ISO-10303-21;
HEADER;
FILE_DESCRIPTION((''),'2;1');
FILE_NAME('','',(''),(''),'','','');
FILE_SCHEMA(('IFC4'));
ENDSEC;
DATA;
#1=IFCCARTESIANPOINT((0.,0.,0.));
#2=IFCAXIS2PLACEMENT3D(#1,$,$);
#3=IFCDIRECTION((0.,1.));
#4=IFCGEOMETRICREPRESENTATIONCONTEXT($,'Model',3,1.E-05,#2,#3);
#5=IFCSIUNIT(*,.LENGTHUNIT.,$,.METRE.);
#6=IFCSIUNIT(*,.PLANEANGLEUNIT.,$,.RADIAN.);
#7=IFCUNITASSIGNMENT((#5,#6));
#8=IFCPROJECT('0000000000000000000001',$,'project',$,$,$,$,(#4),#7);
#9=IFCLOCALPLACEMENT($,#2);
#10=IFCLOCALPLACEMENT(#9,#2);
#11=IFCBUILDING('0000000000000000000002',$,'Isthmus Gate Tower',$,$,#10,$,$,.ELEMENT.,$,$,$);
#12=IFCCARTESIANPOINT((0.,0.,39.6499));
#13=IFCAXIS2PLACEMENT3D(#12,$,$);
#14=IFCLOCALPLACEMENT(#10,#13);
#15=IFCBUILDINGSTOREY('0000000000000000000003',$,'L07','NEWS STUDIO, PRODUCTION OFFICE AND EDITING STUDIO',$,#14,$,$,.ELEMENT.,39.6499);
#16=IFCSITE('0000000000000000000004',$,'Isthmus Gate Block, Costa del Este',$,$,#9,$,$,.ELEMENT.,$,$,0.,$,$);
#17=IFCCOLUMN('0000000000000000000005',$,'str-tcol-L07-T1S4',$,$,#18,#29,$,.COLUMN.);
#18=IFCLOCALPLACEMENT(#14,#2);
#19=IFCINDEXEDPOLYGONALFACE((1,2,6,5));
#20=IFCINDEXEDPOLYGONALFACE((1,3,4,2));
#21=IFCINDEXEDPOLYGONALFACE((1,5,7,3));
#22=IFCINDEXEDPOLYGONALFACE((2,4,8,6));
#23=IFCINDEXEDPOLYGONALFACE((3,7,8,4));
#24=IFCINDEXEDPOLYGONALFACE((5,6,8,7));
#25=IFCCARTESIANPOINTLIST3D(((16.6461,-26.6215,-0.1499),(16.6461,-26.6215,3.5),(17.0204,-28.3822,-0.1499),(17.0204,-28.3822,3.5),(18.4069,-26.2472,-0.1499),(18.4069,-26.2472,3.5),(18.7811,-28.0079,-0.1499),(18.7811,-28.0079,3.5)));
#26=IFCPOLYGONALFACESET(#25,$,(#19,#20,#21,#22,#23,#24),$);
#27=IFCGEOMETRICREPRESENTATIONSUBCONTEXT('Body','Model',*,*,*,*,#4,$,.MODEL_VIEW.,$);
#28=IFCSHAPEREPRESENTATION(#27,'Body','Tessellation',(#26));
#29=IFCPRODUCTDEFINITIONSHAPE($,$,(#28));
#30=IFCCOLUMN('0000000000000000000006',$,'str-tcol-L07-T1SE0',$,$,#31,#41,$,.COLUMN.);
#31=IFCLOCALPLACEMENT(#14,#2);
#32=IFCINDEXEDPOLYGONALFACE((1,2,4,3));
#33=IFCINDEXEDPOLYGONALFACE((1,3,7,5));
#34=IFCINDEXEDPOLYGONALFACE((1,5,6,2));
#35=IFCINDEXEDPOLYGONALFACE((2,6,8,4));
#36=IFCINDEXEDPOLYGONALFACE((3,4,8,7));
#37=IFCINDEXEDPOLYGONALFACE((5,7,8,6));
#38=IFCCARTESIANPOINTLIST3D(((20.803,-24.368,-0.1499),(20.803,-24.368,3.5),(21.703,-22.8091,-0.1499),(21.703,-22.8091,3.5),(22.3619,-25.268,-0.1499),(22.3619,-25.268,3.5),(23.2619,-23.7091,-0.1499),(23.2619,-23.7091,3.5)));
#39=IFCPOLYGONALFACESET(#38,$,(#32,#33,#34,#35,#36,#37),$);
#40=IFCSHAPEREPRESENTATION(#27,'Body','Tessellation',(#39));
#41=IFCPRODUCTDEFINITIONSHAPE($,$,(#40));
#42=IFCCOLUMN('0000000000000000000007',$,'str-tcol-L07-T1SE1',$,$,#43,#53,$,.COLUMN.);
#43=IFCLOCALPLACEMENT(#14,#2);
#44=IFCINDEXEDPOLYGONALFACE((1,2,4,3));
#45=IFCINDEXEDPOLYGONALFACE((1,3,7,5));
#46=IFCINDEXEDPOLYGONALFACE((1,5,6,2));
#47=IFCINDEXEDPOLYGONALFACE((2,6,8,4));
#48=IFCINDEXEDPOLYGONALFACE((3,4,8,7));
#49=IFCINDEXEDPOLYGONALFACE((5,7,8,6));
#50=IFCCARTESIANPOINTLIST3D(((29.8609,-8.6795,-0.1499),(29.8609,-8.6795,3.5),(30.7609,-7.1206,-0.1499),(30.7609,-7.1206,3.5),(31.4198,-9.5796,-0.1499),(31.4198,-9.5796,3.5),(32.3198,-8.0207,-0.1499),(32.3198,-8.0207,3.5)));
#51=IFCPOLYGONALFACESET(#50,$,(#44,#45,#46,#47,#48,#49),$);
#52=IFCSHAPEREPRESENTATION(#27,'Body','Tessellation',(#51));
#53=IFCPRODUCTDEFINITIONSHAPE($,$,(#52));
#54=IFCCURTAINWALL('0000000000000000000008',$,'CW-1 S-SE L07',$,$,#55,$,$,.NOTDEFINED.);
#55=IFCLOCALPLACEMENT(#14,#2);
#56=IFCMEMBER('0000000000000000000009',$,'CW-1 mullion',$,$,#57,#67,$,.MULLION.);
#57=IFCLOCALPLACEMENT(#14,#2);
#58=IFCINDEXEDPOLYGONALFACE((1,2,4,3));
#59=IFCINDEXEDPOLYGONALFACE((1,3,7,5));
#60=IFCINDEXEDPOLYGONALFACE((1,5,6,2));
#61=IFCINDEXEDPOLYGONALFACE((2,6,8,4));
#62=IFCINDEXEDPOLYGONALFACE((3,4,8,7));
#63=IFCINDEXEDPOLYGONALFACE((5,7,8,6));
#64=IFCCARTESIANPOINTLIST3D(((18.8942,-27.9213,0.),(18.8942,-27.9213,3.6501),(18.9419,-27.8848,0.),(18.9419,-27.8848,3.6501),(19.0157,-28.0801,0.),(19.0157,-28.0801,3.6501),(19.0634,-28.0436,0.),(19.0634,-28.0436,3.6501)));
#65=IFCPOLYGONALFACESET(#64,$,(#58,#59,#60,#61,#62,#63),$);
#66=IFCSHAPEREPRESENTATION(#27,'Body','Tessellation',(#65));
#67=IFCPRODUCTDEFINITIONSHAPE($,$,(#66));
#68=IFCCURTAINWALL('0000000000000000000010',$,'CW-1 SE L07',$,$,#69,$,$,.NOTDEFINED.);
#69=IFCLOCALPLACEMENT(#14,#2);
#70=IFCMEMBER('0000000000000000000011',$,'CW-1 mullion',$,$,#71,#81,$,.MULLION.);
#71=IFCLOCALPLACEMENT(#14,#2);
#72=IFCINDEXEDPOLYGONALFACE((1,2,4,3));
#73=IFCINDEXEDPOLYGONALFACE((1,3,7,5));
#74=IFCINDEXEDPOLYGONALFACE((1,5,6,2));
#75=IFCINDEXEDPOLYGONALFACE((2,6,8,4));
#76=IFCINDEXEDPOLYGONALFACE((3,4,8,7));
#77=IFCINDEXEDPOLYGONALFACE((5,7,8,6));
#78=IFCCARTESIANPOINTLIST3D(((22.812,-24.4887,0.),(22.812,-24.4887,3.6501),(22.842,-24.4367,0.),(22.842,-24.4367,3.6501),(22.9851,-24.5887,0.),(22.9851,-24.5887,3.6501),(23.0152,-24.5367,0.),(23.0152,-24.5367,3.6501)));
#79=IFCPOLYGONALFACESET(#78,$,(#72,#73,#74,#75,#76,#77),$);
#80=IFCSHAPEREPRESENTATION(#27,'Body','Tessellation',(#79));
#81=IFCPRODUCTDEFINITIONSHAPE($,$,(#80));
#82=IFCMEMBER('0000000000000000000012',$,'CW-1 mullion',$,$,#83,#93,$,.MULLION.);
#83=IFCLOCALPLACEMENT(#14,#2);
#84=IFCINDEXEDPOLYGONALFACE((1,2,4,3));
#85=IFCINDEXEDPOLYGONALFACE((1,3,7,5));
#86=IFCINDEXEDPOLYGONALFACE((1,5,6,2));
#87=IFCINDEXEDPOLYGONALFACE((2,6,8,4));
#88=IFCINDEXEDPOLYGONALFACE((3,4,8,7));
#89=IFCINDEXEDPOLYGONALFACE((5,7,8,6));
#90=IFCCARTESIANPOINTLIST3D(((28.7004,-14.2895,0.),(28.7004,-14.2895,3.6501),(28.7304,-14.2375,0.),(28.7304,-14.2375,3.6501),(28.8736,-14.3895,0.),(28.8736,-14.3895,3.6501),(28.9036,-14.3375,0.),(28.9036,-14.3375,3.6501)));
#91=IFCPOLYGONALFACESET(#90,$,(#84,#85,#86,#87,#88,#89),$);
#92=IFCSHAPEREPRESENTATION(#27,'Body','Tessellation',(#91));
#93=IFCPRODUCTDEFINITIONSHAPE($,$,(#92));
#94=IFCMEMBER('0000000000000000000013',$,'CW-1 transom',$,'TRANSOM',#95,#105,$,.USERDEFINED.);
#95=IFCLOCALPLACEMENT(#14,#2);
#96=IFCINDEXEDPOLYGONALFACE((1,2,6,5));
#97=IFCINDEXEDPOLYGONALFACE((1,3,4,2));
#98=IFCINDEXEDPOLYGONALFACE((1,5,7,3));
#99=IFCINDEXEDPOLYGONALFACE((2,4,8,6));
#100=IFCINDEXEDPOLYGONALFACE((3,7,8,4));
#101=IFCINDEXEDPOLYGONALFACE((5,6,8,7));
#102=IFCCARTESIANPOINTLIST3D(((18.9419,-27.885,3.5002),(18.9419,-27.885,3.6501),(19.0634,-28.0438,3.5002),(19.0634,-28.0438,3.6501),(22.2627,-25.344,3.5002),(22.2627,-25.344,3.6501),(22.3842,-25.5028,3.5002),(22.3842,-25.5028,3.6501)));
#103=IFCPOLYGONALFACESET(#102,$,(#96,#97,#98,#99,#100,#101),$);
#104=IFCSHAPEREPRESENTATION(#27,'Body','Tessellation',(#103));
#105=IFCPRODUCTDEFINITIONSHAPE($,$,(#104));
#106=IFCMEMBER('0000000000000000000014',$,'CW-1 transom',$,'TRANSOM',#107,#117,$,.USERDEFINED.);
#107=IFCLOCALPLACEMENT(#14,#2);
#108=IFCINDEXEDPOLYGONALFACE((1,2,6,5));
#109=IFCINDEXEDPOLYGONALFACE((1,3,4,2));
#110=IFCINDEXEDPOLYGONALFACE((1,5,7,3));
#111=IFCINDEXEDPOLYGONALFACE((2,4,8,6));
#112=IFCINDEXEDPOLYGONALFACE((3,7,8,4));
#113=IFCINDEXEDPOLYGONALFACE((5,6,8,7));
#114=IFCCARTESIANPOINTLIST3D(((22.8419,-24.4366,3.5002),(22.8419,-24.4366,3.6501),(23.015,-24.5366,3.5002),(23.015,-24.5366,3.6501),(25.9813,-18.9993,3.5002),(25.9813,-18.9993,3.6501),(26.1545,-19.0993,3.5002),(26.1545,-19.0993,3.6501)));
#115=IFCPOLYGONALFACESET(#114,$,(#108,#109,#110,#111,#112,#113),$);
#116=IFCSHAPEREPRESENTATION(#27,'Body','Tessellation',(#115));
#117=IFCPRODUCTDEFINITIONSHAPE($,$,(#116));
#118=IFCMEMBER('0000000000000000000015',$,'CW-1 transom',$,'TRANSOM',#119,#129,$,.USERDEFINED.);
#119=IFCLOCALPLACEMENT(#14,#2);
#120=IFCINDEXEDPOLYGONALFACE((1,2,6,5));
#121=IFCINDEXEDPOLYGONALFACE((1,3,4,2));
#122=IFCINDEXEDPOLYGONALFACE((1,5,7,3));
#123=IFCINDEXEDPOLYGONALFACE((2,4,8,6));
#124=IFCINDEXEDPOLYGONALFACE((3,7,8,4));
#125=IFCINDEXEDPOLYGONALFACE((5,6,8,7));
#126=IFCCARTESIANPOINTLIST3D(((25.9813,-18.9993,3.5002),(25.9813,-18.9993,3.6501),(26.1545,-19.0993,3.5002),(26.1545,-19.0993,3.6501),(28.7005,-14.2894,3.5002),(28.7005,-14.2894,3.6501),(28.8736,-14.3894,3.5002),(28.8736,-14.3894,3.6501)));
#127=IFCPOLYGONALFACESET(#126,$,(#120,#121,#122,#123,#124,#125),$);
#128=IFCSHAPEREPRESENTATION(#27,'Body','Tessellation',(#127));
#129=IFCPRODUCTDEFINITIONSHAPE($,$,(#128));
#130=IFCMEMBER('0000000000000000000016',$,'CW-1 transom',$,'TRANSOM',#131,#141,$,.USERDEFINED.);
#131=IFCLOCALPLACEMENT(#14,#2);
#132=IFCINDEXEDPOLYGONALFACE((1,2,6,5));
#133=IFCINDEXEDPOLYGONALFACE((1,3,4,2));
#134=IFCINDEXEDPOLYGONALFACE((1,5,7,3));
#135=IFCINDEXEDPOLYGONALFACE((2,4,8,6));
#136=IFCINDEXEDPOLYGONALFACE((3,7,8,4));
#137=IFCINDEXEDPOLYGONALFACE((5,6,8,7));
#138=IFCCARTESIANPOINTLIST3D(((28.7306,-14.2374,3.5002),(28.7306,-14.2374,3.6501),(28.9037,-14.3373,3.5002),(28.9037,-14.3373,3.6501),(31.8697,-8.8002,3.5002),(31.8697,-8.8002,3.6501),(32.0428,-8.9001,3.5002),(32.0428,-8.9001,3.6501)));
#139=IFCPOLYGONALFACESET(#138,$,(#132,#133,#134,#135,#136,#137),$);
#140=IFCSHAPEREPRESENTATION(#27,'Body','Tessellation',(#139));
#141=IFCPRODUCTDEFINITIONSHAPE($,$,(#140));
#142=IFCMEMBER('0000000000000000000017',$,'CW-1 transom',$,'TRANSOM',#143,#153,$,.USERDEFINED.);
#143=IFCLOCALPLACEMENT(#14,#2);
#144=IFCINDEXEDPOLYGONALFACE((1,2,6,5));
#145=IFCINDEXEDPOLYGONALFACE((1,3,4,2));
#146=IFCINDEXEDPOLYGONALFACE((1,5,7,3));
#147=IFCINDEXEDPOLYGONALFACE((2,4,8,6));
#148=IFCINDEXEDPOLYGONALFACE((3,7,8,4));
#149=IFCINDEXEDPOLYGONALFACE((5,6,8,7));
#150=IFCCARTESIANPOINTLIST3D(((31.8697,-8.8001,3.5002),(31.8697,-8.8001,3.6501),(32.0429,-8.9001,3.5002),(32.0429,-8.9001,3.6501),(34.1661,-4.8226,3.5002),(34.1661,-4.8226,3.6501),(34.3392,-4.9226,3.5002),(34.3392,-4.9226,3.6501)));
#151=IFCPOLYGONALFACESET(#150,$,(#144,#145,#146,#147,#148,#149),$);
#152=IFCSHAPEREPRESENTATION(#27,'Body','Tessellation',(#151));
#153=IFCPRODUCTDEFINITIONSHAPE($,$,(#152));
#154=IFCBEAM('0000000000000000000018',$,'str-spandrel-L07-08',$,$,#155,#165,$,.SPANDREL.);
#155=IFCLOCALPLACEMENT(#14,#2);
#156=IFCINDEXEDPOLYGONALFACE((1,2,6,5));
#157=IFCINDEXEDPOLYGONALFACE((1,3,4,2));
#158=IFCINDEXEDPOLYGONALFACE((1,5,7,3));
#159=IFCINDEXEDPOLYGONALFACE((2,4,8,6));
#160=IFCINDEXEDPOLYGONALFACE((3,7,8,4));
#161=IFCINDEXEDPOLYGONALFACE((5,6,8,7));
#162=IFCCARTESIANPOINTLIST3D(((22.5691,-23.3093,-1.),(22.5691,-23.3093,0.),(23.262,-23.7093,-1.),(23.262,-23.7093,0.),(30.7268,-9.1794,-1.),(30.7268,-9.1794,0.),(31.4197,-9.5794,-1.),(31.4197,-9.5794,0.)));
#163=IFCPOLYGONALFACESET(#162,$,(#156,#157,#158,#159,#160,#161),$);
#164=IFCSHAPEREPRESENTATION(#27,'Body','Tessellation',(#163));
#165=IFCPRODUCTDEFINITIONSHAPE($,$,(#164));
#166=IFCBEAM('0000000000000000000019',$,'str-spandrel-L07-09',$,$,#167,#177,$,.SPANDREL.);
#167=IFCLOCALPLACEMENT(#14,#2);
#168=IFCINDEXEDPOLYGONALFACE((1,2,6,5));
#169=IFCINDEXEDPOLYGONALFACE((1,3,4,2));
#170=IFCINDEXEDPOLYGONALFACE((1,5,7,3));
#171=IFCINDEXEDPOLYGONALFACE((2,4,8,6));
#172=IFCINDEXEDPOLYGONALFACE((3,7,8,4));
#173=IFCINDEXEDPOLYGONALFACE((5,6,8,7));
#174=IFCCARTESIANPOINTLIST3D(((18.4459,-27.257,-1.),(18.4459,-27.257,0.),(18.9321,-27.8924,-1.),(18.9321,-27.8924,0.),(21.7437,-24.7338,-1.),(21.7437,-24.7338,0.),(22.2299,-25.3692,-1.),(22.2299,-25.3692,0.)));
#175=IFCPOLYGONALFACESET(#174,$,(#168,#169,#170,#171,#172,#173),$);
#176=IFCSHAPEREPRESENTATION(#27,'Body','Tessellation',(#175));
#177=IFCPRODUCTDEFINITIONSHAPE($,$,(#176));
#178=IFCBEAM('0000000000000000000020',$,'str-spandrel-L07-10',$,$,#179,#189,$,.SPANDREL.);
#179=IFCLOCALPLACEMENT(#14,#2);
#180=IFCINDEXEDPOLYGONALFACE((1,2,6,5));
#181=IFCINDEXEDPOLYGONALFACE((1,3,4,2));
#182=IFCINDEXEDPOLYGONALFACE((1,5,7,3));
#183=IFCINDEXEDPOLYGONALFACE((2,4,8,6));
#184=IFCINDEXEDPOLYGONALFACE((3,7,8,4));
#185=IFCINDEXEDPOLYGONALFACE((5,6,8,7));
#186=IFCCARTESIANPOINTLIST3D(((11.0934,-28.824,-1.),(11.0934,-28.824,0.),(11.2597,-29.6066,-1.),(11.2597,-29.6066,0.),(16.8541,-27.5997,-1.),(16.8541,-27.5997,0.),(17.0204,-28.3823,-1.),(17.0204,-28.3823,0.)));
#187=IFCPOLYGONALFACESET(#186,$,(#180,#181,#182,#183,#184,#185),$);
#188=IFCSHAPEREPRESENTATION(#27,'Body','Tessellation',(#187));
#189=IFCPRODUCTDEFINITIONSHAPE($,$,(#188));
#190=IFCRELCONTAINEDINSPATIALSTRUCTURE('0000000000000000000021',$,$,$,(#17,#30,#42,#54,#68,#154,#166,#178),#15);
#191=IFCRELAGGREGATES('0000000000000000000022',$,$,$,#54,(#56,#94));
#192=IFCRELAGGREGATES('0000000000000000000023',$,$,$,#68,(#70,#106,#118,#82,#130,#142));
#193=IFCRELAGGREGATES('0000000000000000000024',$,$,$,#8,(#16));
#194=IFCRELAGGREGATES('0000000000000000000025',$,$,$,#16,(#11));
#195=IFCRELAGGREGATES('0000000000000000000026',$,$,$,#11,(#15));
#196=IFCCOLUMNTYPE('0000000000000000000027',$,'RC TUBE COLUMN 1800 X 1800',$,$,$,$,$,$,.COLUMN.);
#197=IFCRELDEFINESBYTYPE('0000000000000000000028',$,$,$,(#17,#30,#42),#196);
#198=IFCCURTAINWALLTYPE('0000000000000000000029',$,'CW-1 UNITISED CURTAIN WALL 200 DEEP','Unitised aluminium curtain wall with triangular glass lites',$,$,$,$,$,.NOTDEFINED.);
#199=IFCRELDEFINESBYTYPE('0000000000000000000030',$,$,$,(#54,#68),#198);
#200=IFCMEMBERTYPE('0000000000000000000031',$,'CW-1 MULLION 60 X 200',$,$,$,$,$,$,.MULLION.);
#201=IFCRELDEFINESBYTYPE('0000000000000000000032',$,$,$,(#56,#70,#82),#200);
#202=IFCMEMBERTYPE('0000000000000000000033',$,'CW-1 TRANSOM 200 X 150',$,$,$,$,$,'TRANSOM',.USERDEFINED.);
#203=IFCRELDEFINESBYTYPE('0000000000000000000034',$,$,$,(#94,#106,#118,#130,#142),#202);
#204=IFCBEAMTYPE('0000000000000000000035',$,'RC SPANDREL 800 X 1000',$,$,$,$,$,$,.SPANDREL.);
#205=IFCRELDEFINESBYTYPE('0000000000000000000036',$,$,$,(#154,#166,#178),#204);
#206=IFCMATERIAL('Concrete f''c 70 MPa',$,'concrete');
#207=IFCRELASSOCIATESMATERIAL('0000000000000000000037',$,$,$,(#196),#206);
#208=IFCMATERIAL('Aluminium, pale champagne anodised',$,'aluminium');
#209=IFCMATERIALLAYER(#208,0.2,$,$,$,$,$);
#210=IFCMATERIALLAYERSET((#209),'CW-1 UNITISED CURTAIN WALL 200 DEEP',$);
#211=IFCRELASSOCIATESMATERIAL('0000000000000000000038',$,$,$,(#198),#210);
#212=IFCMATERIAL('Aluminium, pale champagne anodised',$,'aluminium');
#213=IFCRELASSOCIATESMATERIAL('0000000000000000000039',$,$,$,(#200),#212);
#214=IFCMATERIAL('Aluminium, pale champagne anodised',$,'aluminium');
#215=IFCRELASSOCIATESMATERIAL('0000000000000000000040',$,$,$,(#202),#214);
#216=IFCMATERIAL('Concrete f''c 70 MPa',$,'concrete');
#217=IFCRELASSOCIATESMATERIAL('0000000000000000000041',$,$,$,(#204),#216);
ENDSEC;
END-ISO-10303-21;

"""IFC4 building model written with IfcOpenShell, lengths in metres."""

from ifc_helpers import new_model, si_unit, direction, frame, origin, origin_2d, place, context, subcontext, project, spatial, rectangle, extrude, material, layer, layer_set, material_profile, profile_set, type_object, element, aggregate, save


model = new_model("IFC4")

# Units and contexts
model_context = context("Model", 3, precision=1e-05, world=origin(), true_north=direction((0.0, 1.0)))
body_context = subcontext(model_context, "Body", "Model", "MODEL_VIEW")
ifc_project = project(units=[si_unit("LENGTHUNIT", "METRE"), si_unit("PLANEANGLEUNIT", "RADIAN")], contexts=[model_context])

# Site, building, storey
site_placement = place(None, origin())
site = spatial("IfcSite", under=ifc_project, at=site_placement, Name="Isthmus Gate Block, Costa del Este", CompositionType="ELEMENT", RefElevation=0.0)
building_placement = place(site_placement, origin())
building = spatial("IfcBuilding", under=site, at=building_placement, Name="Isthmus Gate Tower", CompositionType="ELEMENT")
storey_placement = place(building_placement, frame((0.0, 0.0, 39.6499)))
storey = spatial("IfcBuildingStorey", under=building, at=storey_placement, Name="L07", Description="NEWS STUDIO, PRODUCTION OFFICE AND EDITING STUDIO", CompositionType="ELEMENT", Elevation=39.6499)

# Columns
ifc_material_1 = material(Name="Concrete f'c 70 MPa", Category="concrete")
ifc_material_profile_1 = material_profile(ifc_material_1, rectangle(XDim=1.8, YDim=1.8, at=origin_2d()), Name="RC 1800X1800")
ifc_profile_set_1 = profile_set([ifc_material_profile_1], Name="Concrete f'c 70 MPa")
column_type = type_object("IfcColumnType", Name="RC TUBE COLUMN 1800 X 1800", PredefinedType="COLUMN", material=ifc_profile_set_1)
for number, where, z_axis, x_axis, name in (
    (1, (17.7136, -27.3147, -0.1499), (0.0, 0.0, 1.0), (0.978148, 0.207912, 0.0), "str-tcol-L07-T1S4"),
    (2, (22.0325, -24.0386, -0.1499), (0.0, 0.0, 1.0), (0.5, 0.866025, 0.0), "str-tcol-L07-T1SE0"),
    (3, (31.0903, -8.3501, -0.1499), (0.0, 0.0, 1.0), (0.5, 0.866025, 0.0), "str-tcol-L07-T1SE1"),
):
    element("IfcColumn", number, at=place(storey_placement, frame(where, z_axis=z_axis, x_axis=x_axis)), inside=storey, type_object=column_type, Name=name, PredefinedType="COLUMN", context=body_context, shape_type="SweptSolid", body=[
        extrude(rectangle(XDim=1.8, YDim=1.8, at=origin_2d()), origin(), (0.0, 0.0, 1.0), 3.6499),
    ])

# Curtain wall, member
ifc_material_2 = material(Name="Aluminium, pale champagne anodised", Category="aluminium")
ifc_layer_1 = layer(ifc_material_2, 0.2)
ifc_layer_set_1 = layer_set([ifc_layer_1], Name="CW-1 UNITISED CURTAIN WALL 200 DEEP")
curtain_wall_type = type_object("IfcCurtainWallType", Name="CW-1 UNITISED CURTAIN WALL 200 DEEP", Description="Unitised aluminium curtain wall with triangular glass lites", PredefinedType="NOTDEFINED", material=ifc_layer_set_1)
curtain_wall_1_placement = place(storey_placement, origin())
curtain_wall_1 = element("IfcCurtainWall", 4, at=curtain_wall_1_placement, inside=storey, type_object=curtain_wall_type, Name="CW-1 S-SE L07", PredefinedType="NOTDEFINED")
ifc_material_3 = material(Name="Aluminium, pale champagne anodised", Category="aluminium")
ifc_material_profile_2 = material_profile(ifc_material_3, rectangle(XDim=0.0601, YDim=0.2, at=origin_2d()), Name="60x200")
ifc_profile_set_2 = profile_set([ifc_material_profile_2], Name="Aluminium, pale champagne anodised")
member_type_1 = type_object("IfcMemberType", Name="CW-1 MULLION 60 X 200", PredefinedType="MULLION", material=ifc_profile_set_2)
member_1_placement = place(storey_placement, frame((18.9788, -27.9824, 0.0), z_axis=(0.0, 0.0, 1.0), x_axis=(0.794189, 0.607671, 0.0)))
member_1 = element("IfcMember", 5, at=member_1_placement, type_object=member_type_1, Name="CW-1 mullion", PredefinedType="MULLION", context=body_context, shape_type="SweptSolid", body=[
    extrude(rectangle(XDim=0.0601, YDim=0.2, at=origin_2d()), origin(), (0.0, 0.0, 1.0), 3.6501),
])

# Curtain wall, members
curtain_wall_2_placement = place(storey_placement, origin())
curtain_wall_2 = element("IfcCurtainWall", 6, at=curtain_wall_2_placement, inside=storey, type_object=curtain_wall_type, Name="CW-1 SE L07", PredefinedType="NOTDEFINED")
member_2_placement = place(storey_placement, frame((22.9136, -24.5127, 0.0), z_axis=(0.0, 0.0, 1.0), x_axis=(0.5, 0.866025, 0.0)))
member_2 = element("IfcMember", 7, at=member_2_placement, type_object=member_type_1, Name="CW-1 mullion", PredefinedType="MULLION", context=body_context, shape_type="SweptSolid", body=[
    extrude(rectangle(XDim=0.0601, YDim=0.2, at=origin_2d()), origin(), (0.0, 0.0, 1.0), 3.6501),
])
member_3_placement = place(storey_placement, frame((28.802, -14.3135, 0.0), z_axis=(0.0, 0.0, 1.0), x_axis=(0.5, 0.866025, 0.0)))
member_3 = element("IfcMember", 8, at=member_3_placement, type_object=member_type_1, Name="CW-1 mullion", PredefinedType="MULLION", context=body_context, shape_type="SweptSolid", body=[
    extrude(rectangle(XDim=0.0601, YDim=0.2, at=origin_2d()), origin(), (0.0, 0.0, 1.0), 3.6501),
])

# Members
ifc_material_4 = material(Name="Aluminium, pale champagne anodised", Category="aluminium")
ifc_material_profile_3 = material_profile(ifc_material_4, rectangle(XDim=0.2, YDim=0.1499, at=origin_2d()), Name="200x150")
ifc_profile_set_3 = profile_set([ifc_material_profile_3], Name="Aluminium, pale champagne anodised")
member_type_2 = type_object("IfcMemberType", Name="CW-1 TRANSOM 200 X 150", ElementType="TRANSOM", PredefinedType="USERDEFINED", material=ifc_profile_set_3)
member_4_placement = place(storey_placement, frame((19.0027, -27.9644, 3.5752), z_axis=(0.794175, 0.607688, 0.0), x_axis=(-0.607688, 0.794175, 0.0)))
member_4 = element("IfcMember", 9, at=member_4_placement, type_object=member_type_2, Name="CW-1 transom", ObjectType="TRANSOM", PredefinedType="USERDEFINED", context=body_context, shape_type="SweptSolid", body=[
    extrude(rectangle(XDim=0.2, YDim=0.1499, at=origin_2d()), origin(), (0.0, 0.0, 1.0), 4.1814),
])
member_5_placement = place(storey_placement, frame((22.9285, -24.4866, 3.5752), z_axis=(0.500024, 0.866011, 0.0), x_axis=(-0.866011, 0.500024, 0.0)))
member_5 = element("IfcMember", 10, at=member_5_placement, type_object=member_type_2, Name="CW-1 transom", ObjectType="TRANSOM", PredefinedType="USERDEFINED", context=body_context, shape_type="SweptSolid", body=[
    extrude(rectangle(XDim=0.2, YDim=0.1499, at=origin_2d()), origin(), (0.0, 0.0, 1.0), 6.2786),
])
member_6_placement = place(storey_placement, frame((26.0679, -19.0493, 3.5752), z_axis=(0.499992, 0.86603, 0.0), x_axis=(-0.86603, 0.499992, 0.0)))
member_6 = element("IfcMember", 11, at=member_6_placement, type_object=member_type_2, Name="CW-1 transom", ObjectType="TRANSOM", PredefinedType="USERDEFINED", context=body_context, shape_type="SweptSolid", body=[
    extrude(rectangle(XDim=0.2, YDim=0.1499, at=origin_2d()), origin(), (0.0, 0.0, 1.0), 5.4385),
])
member_7_placement = place(storey_placement, frame((28.8171, -14.2874, 3.5752), z_axis=(0.499995, 0.866028, 0.0), x_axis=(-0.866028, 0.499995, 0.0)))
member_7 = element("IfcMember", 12, at=member_7_placement, type_object=member_type_2, Name="CW-1 transom", ObjectType="TRANSOM", PredefinedType="USERDEFINED", context=body_context, shape_type="SweptSolid", body=[
    extrude(rectangle(XDim=0.2, YDim=0.1499, at=origin_2d()), origin(), (0.0, 0.0, 1.0), 6.2783),
])
member_8_placement = place(storey_placement, frame((31.9563, -8.8501, 3.5752), z_axis=(0.499992, 0.86603, 0.0), x_axis=(-0.86603, 0.499992, 0.0)))
member_8 = element("IfcMember", 13, at=member_8_placement, type_object=member_type_2, Name="CW-1 transom", ObjectType="TRANSOM", PredefinedType="USERDEFINED", context=body_context, shape_type="SweptSolid", body=[
    extrude(rectangle(XDim=0.2, YDim=0.1499, at=origin_2d()), origin(), (0.0, 0.0, 1.0), 4.5928),
])

# Beams
ifc_material_5 = material(Name="Concrete f'c 70 MPa", Category="concrete")
ifc_material_profile_4 = material_profile(ifc_material_5, rectangle(XDim=0.8, YDim=1.0, at=origin_2d()), Name="RC 800X1000")
ifc_profile_set_4 = profile_set([ifc_material_profile_4], Name="Concrete f'c 70 MPa")
beam_type_1 = type_object("IfcBeamType", Name="RC SPANDREL 800 X 1000", PredefinedType="SPANDREL", material=ifc_profile_set_4)
beam_1_placement = place(storey_placement, frame((31.0732, -9.3794, -0.5), z_axis=(-0.499992, -0.86603, 0.0), x_axis=(0.86603, -0.499992, 0.0)))
element("IfcBeam", 14, at=beam_1_placement, inside=storey, type_object=beam_type_1, Name="str-spandrel-L07-08", PredefinedType="SPANDREL", context=body_context, shape_type="SweptSolid", body=[
    extrude(rectangle(XDim=0.8, YDim=1.0, at=origin_2d()), origin(), (0.0, 0.0, 1.0), 16.3157),
])
beam_2_placement = place(storey_placement, frame((21.9868, -25.0515, -0.5), z_axis=(-0.794206, -0.607649, 0.0), x_axis=(0.607649, -0.794206, 0.0)))
element("IfcBeam", 15, at=beam_2_placement, inside=storey, type_object=beam_type_1, Name="str-spandrel-L07-09", PredefinedType="SPANDREL", context=body_context, shape_type="SweptSolid", body=[
    extrude(rectangle(XDim=0.8, YDim=1.0, at=origin_2d()), origin(), (0.0, 0.0, 1.0), 4.1523),
])
beam_3_placement = place(storey_placement, frame((16.9373, -27.991, -0.5), z_axis=(-0.978152, -0.207892, 0.0), x_axis=(0.207892, -0.978152, 0.0)))
element("IfcBeam", 16, at=beam_3_placement, inside=storey, type_object=beam_type_1, Name="str-spandrel-L07-10", PredefinedType="SPANDREL", context=body_context, shape_type="SweptSolid", body=[
    extrude(rectangle(XDim=0.8, YDim=1.0, at=origin_2d()), origin(), (0.0, 0.0, 1.0), 5.8894),
])

aggregate(curtain_wall_1, [member_1, member_4])
aggregate(curtain_wall_2, [member_2, member_5, member_6, member_3, member_7, member_8])

save(model, "model.ifc")
